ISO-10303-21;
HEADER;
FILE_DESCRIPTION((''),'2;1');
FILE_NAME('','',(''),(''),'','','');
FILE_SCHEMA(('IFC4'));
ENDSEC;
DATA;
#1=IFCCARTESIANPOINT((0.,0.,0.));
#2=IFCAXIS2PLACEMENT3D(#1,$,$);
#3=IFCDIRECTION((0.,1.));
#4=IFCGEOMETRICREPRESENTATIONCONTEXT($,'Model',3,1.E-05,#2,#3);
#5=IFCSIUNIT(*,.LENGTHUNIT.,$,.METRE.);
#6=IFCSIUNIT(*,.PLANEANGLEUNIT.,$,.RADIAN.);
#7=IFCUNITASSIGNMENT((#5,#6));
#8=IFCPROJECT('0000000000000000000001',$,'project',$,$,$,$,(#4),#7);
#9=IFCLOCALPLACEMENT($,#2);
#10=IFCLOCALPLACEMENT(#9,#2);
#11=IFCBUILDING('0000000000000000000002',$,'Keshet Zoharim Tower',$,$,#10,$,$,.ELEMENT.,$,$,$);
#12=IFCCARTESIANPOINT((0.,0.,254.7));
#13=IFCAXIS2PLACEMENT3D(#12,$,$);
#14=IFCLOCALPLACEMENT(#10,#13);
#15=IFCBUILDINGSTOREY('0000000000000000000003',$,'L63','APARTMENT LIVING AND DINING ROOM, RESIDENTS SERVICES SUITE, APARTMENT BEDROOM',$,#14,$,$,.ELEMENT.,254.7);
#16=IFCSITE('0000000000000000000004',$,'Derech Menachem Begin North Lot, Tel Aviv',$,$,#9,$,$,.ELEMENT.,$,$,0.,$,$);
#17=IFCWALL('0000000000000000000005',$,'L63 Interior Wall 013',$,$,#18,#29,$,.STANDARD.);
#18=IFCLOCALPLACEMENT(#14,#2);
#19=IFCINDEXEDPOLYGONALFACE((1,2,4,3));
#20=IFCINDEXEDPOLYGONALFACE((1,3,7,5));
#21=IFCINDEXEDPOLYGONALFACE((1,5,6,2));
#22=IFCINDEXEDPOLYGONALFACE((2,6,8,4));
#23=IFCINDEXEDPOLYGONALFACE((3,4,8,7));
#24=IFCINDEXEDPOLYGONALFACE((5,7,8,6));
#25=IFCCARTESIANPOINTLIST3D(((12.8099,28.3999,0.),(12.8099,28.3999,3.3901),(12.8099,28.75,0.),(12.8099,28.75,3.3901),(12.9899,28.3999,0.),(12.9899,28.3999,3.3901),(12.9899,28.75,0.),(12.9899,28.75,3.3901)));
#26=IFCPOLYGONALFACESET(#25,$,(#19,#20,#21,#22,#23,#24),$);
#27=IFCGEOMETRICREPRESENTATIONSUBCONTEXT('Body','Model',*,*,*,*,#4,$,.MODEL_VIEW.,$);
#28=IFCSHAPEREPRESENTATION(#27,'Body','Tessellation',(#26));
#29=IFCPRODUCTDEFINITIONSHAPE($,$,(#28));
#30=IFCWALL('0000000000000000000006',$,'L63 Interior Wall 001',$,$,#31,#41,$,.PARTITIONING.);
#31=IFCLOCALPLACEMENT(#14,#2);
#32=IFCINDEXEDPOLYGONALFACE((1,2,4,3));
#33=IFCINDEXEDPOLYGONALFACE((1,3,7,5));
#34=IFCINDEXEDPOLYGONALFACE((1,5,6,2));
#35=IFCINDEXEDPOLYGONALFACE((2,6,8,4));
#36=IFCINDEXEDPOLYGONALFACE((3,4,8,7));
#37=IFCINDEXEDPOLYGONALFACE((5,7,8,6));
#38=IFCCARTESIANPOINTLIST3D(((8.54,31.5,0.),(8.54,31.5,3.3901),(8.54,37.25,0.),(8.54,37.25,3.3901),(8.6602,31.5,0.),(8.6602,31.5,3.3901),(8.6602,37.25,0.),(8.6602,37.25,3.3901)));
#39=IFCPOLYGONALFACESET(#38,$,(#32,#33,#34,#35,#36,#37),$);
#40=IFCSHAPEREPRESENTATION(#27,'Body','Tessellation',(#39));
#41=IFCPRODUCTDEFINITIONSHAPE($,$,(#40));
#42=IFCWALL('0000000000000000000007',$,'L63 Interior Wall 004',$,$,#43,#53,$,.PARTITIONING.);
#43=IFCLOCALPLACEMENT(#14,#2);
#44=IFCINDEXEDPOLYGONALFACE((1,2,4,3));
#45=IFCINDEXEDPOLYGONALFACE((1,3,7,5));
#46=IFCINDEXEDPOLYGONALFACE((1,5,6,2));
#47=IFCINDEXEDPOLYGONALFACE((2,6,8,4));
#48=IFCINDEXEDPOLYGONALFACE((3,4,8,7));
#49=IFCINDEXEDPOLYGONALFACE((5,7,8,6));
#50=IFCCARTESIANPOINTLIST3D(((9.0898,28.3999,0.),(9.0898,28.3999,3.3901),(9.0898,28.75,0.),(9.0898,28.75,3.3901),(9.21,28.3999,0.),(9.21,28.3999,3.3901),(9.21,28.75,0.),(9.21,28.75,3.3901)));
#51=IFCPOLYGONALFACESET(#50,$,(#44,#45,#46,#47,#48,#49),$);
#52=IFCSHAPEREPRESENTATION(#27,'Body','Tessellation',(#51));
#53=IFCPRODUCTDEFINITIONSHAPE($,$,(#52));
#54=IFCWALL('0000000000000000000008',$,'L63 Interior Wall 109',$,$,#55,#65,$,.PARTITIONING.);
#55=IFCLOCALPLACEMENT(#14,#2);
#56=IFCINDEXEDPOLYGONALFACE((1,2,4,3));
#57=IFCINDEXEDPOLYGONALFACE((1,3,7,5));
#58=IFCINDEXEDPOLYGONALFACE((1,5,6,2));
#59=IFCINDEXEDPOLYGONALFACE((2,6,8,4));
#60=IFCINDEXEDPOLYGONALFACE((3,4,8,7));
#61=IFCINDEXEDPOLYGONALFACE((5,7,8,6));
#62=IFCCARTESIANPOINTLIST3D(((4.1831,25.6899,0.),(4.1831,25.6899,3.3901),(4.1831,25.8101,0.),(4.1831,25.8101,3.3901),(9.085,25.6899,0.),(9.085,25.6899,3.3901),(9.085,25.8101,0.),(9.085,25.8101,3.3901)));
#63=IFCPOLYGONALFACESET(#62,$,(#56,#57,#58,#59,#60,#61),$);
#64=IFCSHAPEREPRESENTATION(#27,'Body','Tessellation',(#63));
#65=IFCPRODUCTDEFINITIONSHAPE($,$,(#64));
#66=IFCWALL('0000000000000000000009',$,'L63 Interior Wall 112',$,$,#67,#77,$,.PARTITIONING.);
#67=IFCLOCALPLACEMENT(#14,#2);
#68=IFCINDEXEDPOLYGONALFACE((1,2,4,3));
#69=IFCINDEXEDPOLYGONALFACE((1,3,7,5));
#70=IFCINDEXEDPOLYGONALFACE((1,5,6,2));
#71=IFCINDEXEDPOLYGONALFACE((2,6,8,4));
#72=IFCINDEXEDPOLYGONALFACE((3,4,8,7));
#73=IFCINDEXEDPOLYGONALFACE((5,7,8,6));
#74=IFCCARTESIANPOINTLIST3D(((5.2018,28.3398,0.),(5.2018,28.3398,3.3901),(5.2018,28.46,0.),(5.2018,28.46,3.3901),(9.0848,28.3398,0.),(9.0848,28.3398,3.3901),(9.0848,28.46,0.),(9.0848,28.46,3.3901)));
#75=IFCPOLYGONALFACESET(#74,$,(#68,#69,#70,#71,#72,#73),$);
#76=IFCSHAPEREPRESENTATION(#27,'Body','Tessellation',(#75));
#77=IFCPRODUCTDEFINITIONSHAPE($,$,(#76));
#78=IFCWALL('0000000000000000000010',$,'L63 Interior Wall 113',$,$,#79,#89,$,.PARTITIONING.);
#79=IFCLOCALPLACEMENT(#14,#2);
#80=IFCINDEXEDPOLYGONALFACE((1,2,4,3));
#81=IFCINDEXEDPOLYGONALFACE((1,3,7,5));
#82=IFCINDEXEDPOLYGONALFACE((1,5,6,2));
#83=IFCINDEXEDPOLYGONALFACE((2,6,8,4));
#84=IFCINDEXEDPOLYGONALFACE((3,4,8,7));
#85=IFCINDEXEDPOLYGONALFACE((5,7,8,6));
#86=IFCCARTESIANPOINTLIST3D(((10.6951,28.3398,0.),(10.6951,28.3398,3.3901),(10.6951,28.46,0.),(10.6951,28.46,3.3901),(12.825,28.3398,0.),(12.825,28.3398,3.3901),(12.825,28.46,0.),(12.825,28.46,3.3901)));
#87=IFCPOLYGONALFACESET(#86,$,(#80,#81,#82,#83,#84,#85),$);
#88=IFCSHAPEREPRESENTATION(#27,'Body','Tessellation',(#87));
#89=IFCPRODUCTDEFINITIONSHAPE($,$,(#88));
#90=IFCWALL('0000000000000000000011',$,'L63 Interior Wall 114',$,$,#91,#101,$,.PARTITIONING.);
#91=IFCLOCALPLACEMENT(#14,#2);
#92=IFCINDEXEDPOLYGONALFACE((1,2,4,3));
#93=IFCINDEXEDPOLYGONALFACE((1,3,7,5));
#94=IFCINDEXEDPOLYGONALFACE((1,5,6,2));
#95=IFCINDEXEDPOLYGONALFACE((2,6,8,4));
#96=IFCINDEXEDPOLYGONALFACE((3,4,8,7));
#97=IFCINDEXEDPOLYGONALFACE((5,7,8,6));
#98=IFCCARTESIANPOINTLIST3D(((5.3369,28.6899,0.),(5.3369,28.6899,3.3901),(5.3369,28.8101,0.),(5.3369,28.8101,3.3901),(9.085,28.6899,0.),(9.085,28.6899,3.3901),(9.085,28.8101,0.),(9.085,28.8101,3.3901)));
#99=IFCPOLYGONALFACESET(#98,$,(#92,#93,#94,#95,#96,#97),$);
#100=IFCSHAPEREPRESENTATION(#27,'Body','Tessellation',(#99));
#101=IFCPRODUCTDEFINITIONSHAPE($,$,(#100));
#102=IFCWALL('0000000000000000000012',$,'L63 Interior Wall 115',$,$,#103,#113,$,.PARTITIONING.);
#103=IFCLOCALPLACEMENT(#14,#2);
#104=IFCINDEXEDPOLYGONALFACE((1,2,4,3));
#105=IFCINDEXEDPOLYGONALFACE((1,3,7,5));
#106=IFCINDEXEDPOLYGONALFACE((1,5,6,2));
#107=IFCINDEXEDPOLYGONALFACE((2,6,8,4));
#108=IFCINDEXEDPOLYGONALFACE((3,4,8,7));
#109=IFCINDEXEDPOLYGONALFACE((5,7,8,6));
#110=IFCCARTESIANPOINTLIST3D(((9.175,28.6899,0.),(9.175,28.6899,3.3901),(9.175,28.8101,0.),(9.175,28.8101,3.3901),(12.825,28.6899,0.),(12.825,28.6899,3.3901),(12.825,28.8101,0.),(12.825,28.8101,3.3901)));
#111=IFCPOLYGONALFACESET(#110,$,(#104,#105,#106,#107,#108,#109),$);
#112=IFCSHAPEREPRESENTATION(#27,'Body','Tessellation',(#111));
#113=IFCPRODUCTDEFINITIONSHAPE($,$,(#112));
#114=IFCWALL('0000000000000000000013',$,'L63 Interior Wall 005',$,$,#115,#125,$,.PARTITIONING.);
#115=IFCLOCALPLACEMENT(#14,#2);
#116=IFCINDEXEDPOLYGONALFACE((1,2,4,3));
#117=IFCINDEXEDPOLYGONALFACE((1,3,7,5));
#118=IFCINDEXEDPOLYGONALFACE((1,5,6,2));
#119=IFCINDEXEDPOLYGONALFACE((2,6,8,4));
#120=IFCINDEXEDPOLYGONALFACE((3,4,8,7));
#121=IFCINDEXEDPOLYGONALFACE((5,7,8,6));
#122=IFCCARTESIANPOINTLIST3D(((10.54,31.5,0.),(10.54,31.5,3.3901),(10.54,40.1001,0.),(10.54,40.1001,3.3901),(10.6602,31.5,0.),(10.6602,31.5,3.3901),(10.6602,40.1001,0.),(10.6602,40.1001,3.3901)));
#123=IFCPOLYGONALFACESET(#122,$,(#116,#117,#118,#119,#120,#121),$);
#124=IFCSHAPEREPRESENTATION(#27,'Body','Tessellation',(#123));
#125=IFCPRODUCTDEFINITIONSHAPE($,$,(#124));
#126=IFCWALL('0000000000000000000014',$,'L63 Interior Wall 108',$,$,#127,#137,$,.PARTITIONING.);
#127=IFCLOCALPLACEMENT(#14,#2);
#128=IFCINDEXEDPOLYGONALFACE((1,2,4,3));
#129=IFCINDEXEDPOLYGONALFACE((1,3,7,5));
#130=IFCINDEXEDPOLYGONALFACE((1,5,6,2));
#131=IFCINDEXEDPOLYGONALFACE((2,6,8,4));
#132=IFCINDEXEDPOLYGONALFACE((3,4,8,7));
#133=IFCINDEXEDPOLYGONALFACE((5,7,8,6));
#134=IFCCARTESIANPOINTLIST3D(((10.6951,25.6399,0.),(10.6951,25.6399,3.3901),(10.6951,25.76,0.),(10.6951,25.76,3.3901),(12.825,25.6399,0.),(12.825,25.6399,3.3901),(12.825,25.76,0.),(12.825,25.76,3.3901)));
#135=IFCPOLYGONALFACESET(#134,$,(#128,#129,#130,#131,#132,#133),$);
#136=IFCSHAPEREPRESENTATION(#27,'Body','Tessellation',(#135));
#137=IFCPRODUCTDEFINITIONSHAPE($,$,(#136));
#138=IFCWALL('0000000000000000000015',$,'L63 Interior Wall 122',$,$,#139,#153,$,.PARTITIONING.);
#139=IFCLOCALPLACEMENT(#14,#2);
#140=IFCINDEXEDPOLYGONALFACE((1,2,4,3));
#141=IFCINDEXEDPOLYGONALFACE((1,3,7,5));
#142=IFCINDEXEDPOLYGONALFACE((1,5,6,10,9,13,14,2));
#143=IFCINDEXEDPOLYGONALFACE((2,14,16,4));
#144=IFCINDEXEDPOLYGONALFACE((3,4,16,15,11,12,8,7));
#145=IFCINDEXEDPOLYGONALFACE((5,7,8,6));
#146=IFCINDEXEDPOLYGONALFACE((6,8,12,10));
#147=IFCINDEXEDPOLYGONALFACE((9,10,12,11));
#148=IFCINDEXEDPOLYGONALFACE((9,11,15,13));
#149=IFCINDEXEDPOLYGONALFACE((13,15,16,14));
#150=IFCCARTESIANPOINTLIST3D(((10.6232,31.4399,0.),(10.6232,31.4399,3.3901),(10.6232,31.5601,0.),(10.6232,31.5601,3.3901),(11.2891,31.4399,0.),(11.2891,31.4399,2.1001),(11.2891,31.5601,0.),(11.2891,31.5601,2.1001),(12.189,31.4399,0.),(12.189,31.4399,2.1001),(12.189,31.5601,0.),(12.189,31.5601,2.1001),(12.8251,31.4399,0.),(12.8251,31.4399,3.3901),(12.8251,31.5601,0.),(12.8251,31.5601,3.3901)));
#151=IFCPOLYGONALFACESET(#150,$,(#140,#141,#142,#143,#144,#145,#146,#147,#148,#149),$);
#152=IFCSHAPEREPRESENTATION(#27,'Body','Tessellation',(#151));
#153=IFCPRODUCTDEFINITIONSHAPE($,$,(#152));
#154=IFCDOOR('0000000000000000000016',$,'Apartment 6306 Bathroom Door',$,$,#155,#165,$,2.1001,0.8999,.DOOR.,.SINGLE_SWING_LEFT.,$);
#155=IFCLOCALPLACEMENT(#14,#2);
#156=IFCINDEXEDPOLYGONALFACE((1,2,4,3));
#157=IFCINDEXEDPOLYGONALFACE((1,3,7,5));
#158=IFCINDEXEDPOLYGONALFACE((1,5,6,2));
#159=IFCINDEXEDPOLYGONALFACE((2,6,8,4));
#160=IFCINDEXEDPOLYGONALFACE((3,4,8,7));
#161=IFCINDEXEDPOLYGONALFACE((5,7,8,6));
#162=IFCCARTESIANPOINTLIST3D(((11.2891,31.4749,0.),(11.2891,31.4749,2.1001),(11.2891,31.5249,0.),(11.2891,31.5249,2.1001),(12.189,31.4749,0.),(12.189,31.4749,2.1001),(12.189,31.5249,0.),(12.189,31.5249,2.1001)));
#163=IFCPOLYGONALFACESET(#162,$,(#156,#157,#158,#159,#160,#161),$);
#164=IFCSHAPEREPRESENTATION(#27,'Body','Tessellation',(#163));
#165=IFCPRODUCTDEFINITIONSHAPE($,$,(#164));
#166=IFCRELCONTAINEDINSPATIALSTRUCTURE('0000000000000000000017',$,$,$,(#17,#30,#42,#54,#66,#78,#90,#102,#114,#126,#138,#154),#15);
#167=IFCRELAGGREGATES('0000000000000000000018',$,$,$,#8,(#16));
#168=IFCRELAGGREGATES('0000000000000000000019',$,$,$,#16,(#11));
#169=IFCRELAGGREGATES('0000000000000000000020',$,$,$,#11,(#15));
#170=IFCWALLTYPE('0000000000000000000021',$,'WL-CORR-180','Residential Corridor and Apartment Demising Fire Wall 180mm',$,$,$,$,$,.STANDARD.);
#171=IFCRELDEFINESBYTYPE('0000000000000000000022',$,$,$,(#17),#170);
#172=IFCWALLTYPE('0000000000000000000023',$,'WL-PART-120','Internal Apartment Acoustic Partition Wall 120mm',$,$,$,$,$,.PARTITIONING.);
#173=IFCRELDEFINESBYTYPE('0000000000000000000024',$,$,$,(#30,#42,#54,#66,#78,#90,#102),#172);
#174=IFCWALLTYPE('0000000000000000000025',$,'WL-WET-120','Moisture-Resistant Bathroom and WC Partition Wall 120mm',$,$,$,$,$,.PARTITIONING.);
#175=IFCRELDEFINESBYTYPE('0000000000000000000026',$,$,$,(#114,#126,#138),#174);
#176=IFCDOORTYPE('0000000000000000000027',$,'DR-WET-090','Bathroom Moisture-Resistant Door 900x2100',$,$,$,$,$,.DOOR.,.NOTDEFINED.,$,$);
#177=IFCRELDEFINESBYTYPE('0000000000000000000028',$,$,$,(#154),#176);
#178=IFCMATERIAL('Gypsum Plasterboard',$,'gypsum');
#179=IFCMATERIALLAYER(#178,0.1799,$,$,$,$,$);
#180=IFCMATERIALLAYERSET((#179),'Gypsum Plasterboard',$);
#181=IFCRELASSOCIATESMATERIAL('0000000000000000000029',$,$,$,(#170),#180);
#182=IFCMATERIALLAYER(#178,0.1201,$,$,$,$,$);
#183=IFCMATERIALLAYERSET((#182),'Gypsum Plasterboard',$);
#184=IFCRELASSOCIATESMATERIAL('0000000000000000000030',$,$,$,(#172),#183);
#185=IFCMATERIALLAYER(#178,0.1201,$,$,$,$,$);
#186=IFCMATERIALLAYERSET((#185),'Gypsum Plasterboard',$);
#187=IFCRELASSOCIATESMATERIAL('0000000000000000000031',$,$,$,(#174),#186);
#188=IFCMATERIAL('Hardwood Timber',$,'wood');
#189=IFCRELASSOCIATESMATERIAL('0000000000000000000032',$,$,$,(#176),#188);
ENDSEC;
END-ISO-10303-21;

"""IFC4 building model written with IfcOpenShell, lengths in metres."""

from ifc_helpers import new_model, si_unit, direction, frame, frame_2d, origin, place, context, subcontext, project, spatial, rectangle, extrude, material, layer, layer_set, type_object, element, fill, save


model = new_model("IFC4")

# Units and contexts
model_context = context("Model", 3, precision=1e-05, world=origin(), true_north=direction((0.0, 1.0)))
body_context = subcontext(model_context, "Body", "Model", "MODEL_VIEW")
ifc_project = project(units=[si_unit("LENGTHUNIT", "METRE"), si_unit("PLANEANGLEUNIT", "RADIAN")], contexts=[model_context])

# Site, building, storey
site_placement = place(None, origin())
site = spatial("IfcSite", under=ifc_project, at=site_placement, Name="Derech Menachem Begin North Lot, Tel Aviv", CompositionType="ELEMENT", RefElevation=0.0)
building_placement = place(site_placement, origin())
building = spatial("IfcBuilding", under=site, at=building_placement, Name="Keshet Zoharim Tower", CompositionType="ELEMENT")
storey_placement = place(building_placement, frame((0.0, 0.0, 254.7)))
storey = spatial("IfcBuildingStorey", under=building, at=storey_placement, Name="L63", Description="APARTMENT LIVING AND DINING ROOM, RESIDENTS SERVICES SUITE, APARTMENT BEDROOM", CompositionType="ELEMENT", Elevation=254.7)

# Wall
ifc_material_1 = material(Name="Gypsum Plasterboard", Category="gypsum")
ifc_layer_1 = layer(ifc_material_1, 0.1799)
ifc_layer_set_1 = layer_set([ifc_layer_1], Name="Gypsum Plasterboard")
wall_type_1 = type_object("IfcWallType", Name="WL-CORR-180", Description="Residential Corridor and Apartment Demising Fire Wall 180mm", PredefinedType="STANDARD", material=ifc_layer_set_1)
wall_1_placement = place(storey_placement, frame((12.8999, 28.3999, 0.0), z_axis=(0.0, 0.0, 1.0), x_axis=(0.0, 1.0, 0.0)))
element("IfcWall", 1, at=wall_1_placement, inside=storey, type_object=wall_type_1, Name="L63 Interior Wall 013", PredefinedType="STANDARD", context=body_context, shape_type="SweptSolid", body=[
    extrude(rectangle(XDim=0.3501, YDim=0.1799, at=frame_2d((0.175, 0.0))), origin(), (0.0, 0.0, 1.0), 3.3901),
])

# Shared definitions
ifc_material_2 = material(Name="Hardwood Timber", Category="wood")

# Walls
ifc_layer_2 = layer(ifc_material_1, 0.1201)
ifc_layer_set_2 = layer_set([ifc_layer_2], Name="Gypsum Plasterboard")
wall_type_2 = type_object("IfcWallType", Name="WL-PART-120", Description="Internal Apartment Acoustic Partition Wall 120mm", PredefinedType="PARTITIONING", material=ifc_layer_set_2)
wall_2_placement = place(storey_placement, frame((8.6001, 31.5, 0.0), z_axis=(0.0, 0.0, 1.0), x_axis=(0.0, 1.0, 0.0)))
element("IfcWall", 2, at=wall_2_placement, inside=storey, type_object=wall_type_2, Name="L63 Interior Wall 001", PredefinedType="PARTITIONING", context=body_context, shape_type="SweptSolid", body=[
    extrude(rectangle(XDim=5.75, YDim=0.1201, at=frame_2d((2.875, 0.0))), origin(), (0.0, 0.0, 1.0), 3.3901),
])
wall_3_placement = place(storey_placement, frame((9.1499, 28.3999, 0.0), z_axis=(0.0, 0.0, 1.0), x_axis=(0.0, 1.0, 0.0)))
element("IfcWall", 3, at=wall_3_placement, inside=storey, type_object=wall_type_2, Name="L63 Interior Wall 004", PredefinedType="PARTITIONING", context=body_context, shape_type="SweptSolid", body=[
    extrude(rectangle(XDim=0.3501, YDim=0.1201, at=frame_2d((0.175, 0.0))), origin(), (0.0, 0.0, 1.0), 3.3901),
])

# Walls
wall_4_placement = place(storey_placement, frame((4.1831, 25.75, 0.0), z_axis=(0.0, 0.0, 1.0), x_axis=(1.0, 0.0, 0.0)))
element("IfcWall", 4, at=wall_4_placement, inside=storey, type_object=wall_type_2, Name="L63 Interior Wall 109", PredefinedType="PARTITIONING", context=body_context, shape_type="SweptSolid", body=[
    extrude(rectangle(XDim=4.9019, YDim=0.1201, at=frame_2d((2.4509, 0.0))), origin(), (0.0, 0.0, 1.0), 3.3901),
])
wall_5_placement = place(storey_placement, frame((5.2019, 28.3999, 0.0), z_axis=(0.0, 0.0, 1.0), x_axis=(1.0, 0.0, 0.0)))
element("IfcWall", 5, at=wall_5_placement, inside=storey, type_object=wall_type_2, Name="L63 Interior Wall 112", PredefinedType="PARTITIONING", context=body_context, shape_type="SweptSolid", body=[
    extrude(rectangle(XDim=3.8831, YDim=0.1201, at=frame_2d((1.9414, 0.0))), origin(), (0.0, 0.0, 1.0), 3.3901),
])
wall_6_placement = place(storey_placement, frame((10.6951, 28.3999, 0.0), z_axis=(0.0, 0.0, 1.0), x_axis=(1.0, 0.0, 0.0)))
element("IfcWall", 6, at=wall_6_placement, inside=storey, type_object=wall_type_2, Name="L63 Interior Wall 113", PredefinedType="PARTITIONING", context=body_context, shape_type="SweptSolid", body=[
    extrude(rectangle(XDim=2.1299, YDim=0.1201, at=frame_2d((1.0649, 0.0))), origin(), (0.0, 0.0, 1.0), 3.3901),
])
wall_7_placement = place(storey_placement, frame((5.3369, 28.75, 0.0), z_axis=(0.0, 0.0, 1.0), x_axis=(1.0, 0.0, 0.0)))
element("IfcWall", 7, at=wall_7_placement, inside=storey, type_object=wall_type_2, Name="L63 Interior Wall 114", PredefinedType="PARTITIONING", context=body_context, shape_type="SweptSolid", body=[
    extrude(rectangle(XDim=3.748, YDim=0.1201, at=frame_2d((1.874, 0.0))), origin(), (0.0, 0.0, 1.0), 3.3901),
])
wall_8_placement = place(storey_placement, frame((9.175, 28.75, 0.0), z_axis=(0.0, 0.0, 1.0), x_axis=(1.0, 0.0, 0.0)))
element("IfcWall", 8, at=wall_8_placement, inside=storey, type_object=wall_type_2, Name="L63 Interior Wall 115", PredefinedType="PARTITIONING", context=body_context, shape_type="SweptSolid", body=[
    extrude(rectangle(XDim=3.6499, YDim=0.1201, at=frame_2d((1.825, 0.0))), origin(), (0.0, 0.0, 1.0), 3.3901),
])

# Walls
ifc_layer_3 = layer(ifc_material_1, 0.1201)
ifc_layer_set_3 = layer_set([ifc_layer_3], Name="Gypsum Plasterboard")
wall_type_3 = type_object("IfcWallType", Name="WL-WET-120", Description="Moisture-Resistant Bathroom and WC Partition Wall 120mm", PredefinedType="PARTITIONING", material=ifc_layer_set_3)
wall_9_placement = place(storey_placement, frame((10.6001, 31.5, 0.0), z_axis=(0.0, 0.0, 1.0), x_axis=(0.0, 1.0, 0.0)))
element("IfcWall", 9, at=wall_9_placement, inside=storey, type_object=wall_type_3, Name="L63 Interior Wall 005", PredefinedType="PARTITIONING", context=body_context, shape_type="SweptSolid", body=[
    extrude(rectangle(XDim=8.6001, YDim=0.1201, at=frame_2d((4.3, 0.0))), origin(), (0.0, 0.0, 1.0), 3.3901),
])
wall_10_placement = place(storey_placement, frame((10.6951, 25.7, 0.0), z_axis=(0.0, 0.0, 1.0), x_axis=(1.0, 0.0, 0.0)))
element("IfcWall", 10, at=wall_10_placement, inside=storey, type_object=wall_type_3, Name="L63 Interior Wall 108", PredefinedType="PARTITIONING", context=body_context, shape_type="SweptSolid", body=[
    extrude(rectangle(XDim=2.1299, YDim=0.1201, at=frame_2d((1.0649, 0.0))), origin(), (0.0, 0.0, 1.0), 3.3901),
])

# Wall, opening, door
wall_11_placement = place(storey_placement, frame((10.623, 31.5, 0.0), z_axis=(0.0, 0.0, 1.0), x_axis=(1.0, 0.0, 0.0)))
wall_11 = element("IfcWall", 11, at=wall_11_placement, inside=storey, type_object=wall_type_3, Name="L63 Interior Wall 122", PredefinedType="PARTITIONING", context=body_context, shape_type="SweptSolid", body=[
    extrude(rectangle(XDim=2.2019, YDim=0.1201, at=frame_2d((1.1011, 0.0))), origin(), (0.0, 0.0, 1.0), 3.3901),
])
opening_1_placement = place(wall_11_placement, frame((0.666, 0.0, 0.0)))
opening_1 = element("IfcOpeningElement", 12, at=opening_1_placement, cuts=wall_11, PredefinedType="OPENING", context=body_context, shape_type="SweptSolid", body=[
    extrude(rectangle(XDim=0.8999, YDim=2.1001, at=frame_2d((0.45, 1.05))), frame((0.0, 0.0701, 0.0), z_axis=(0.0, -1.0, 0.0), x_axis=(1.0, 0.0, 0.0)), (0.0, 0.0, 1.0), 0.1401),
])
door_type_1 = type_object("IfcDoorType", Name="DR-WET-090", Description="Bathroom Moisture-Resistant Door 900x2100", OperationType="NOTDEFINED", PredefinedType="DOOR", material=ifc_material_2)
door_1_placement = place(opening_1_placement, origin())
door_1 = element("IfcDoor", 13, at=door_1_placement, inside=storey, type_object=door_type_1, Name="Apartment 6306 Bathroom Door", OperationType="SINGLE_SWING_LEFT", OverallHeight=2.1001, OverallWidth=0.8999, PredefinedType="DOOR", context=body_context, shape_type="SweptSolid", body=[
    extrude(rectangle(XDim=0.8999, YDim=2.1001, at=frame_2d((0.45, 1.05))), frame((0.0, 0.0249, 0.0), z_axis=(0.0, -1.0, 0.0), x_axis=(1.0, 0.0, 0.0)), (0.0, 0.0, 1.0), 0.05),
])
fill(opening_1, door_1)

save(model, "model.ifc")
